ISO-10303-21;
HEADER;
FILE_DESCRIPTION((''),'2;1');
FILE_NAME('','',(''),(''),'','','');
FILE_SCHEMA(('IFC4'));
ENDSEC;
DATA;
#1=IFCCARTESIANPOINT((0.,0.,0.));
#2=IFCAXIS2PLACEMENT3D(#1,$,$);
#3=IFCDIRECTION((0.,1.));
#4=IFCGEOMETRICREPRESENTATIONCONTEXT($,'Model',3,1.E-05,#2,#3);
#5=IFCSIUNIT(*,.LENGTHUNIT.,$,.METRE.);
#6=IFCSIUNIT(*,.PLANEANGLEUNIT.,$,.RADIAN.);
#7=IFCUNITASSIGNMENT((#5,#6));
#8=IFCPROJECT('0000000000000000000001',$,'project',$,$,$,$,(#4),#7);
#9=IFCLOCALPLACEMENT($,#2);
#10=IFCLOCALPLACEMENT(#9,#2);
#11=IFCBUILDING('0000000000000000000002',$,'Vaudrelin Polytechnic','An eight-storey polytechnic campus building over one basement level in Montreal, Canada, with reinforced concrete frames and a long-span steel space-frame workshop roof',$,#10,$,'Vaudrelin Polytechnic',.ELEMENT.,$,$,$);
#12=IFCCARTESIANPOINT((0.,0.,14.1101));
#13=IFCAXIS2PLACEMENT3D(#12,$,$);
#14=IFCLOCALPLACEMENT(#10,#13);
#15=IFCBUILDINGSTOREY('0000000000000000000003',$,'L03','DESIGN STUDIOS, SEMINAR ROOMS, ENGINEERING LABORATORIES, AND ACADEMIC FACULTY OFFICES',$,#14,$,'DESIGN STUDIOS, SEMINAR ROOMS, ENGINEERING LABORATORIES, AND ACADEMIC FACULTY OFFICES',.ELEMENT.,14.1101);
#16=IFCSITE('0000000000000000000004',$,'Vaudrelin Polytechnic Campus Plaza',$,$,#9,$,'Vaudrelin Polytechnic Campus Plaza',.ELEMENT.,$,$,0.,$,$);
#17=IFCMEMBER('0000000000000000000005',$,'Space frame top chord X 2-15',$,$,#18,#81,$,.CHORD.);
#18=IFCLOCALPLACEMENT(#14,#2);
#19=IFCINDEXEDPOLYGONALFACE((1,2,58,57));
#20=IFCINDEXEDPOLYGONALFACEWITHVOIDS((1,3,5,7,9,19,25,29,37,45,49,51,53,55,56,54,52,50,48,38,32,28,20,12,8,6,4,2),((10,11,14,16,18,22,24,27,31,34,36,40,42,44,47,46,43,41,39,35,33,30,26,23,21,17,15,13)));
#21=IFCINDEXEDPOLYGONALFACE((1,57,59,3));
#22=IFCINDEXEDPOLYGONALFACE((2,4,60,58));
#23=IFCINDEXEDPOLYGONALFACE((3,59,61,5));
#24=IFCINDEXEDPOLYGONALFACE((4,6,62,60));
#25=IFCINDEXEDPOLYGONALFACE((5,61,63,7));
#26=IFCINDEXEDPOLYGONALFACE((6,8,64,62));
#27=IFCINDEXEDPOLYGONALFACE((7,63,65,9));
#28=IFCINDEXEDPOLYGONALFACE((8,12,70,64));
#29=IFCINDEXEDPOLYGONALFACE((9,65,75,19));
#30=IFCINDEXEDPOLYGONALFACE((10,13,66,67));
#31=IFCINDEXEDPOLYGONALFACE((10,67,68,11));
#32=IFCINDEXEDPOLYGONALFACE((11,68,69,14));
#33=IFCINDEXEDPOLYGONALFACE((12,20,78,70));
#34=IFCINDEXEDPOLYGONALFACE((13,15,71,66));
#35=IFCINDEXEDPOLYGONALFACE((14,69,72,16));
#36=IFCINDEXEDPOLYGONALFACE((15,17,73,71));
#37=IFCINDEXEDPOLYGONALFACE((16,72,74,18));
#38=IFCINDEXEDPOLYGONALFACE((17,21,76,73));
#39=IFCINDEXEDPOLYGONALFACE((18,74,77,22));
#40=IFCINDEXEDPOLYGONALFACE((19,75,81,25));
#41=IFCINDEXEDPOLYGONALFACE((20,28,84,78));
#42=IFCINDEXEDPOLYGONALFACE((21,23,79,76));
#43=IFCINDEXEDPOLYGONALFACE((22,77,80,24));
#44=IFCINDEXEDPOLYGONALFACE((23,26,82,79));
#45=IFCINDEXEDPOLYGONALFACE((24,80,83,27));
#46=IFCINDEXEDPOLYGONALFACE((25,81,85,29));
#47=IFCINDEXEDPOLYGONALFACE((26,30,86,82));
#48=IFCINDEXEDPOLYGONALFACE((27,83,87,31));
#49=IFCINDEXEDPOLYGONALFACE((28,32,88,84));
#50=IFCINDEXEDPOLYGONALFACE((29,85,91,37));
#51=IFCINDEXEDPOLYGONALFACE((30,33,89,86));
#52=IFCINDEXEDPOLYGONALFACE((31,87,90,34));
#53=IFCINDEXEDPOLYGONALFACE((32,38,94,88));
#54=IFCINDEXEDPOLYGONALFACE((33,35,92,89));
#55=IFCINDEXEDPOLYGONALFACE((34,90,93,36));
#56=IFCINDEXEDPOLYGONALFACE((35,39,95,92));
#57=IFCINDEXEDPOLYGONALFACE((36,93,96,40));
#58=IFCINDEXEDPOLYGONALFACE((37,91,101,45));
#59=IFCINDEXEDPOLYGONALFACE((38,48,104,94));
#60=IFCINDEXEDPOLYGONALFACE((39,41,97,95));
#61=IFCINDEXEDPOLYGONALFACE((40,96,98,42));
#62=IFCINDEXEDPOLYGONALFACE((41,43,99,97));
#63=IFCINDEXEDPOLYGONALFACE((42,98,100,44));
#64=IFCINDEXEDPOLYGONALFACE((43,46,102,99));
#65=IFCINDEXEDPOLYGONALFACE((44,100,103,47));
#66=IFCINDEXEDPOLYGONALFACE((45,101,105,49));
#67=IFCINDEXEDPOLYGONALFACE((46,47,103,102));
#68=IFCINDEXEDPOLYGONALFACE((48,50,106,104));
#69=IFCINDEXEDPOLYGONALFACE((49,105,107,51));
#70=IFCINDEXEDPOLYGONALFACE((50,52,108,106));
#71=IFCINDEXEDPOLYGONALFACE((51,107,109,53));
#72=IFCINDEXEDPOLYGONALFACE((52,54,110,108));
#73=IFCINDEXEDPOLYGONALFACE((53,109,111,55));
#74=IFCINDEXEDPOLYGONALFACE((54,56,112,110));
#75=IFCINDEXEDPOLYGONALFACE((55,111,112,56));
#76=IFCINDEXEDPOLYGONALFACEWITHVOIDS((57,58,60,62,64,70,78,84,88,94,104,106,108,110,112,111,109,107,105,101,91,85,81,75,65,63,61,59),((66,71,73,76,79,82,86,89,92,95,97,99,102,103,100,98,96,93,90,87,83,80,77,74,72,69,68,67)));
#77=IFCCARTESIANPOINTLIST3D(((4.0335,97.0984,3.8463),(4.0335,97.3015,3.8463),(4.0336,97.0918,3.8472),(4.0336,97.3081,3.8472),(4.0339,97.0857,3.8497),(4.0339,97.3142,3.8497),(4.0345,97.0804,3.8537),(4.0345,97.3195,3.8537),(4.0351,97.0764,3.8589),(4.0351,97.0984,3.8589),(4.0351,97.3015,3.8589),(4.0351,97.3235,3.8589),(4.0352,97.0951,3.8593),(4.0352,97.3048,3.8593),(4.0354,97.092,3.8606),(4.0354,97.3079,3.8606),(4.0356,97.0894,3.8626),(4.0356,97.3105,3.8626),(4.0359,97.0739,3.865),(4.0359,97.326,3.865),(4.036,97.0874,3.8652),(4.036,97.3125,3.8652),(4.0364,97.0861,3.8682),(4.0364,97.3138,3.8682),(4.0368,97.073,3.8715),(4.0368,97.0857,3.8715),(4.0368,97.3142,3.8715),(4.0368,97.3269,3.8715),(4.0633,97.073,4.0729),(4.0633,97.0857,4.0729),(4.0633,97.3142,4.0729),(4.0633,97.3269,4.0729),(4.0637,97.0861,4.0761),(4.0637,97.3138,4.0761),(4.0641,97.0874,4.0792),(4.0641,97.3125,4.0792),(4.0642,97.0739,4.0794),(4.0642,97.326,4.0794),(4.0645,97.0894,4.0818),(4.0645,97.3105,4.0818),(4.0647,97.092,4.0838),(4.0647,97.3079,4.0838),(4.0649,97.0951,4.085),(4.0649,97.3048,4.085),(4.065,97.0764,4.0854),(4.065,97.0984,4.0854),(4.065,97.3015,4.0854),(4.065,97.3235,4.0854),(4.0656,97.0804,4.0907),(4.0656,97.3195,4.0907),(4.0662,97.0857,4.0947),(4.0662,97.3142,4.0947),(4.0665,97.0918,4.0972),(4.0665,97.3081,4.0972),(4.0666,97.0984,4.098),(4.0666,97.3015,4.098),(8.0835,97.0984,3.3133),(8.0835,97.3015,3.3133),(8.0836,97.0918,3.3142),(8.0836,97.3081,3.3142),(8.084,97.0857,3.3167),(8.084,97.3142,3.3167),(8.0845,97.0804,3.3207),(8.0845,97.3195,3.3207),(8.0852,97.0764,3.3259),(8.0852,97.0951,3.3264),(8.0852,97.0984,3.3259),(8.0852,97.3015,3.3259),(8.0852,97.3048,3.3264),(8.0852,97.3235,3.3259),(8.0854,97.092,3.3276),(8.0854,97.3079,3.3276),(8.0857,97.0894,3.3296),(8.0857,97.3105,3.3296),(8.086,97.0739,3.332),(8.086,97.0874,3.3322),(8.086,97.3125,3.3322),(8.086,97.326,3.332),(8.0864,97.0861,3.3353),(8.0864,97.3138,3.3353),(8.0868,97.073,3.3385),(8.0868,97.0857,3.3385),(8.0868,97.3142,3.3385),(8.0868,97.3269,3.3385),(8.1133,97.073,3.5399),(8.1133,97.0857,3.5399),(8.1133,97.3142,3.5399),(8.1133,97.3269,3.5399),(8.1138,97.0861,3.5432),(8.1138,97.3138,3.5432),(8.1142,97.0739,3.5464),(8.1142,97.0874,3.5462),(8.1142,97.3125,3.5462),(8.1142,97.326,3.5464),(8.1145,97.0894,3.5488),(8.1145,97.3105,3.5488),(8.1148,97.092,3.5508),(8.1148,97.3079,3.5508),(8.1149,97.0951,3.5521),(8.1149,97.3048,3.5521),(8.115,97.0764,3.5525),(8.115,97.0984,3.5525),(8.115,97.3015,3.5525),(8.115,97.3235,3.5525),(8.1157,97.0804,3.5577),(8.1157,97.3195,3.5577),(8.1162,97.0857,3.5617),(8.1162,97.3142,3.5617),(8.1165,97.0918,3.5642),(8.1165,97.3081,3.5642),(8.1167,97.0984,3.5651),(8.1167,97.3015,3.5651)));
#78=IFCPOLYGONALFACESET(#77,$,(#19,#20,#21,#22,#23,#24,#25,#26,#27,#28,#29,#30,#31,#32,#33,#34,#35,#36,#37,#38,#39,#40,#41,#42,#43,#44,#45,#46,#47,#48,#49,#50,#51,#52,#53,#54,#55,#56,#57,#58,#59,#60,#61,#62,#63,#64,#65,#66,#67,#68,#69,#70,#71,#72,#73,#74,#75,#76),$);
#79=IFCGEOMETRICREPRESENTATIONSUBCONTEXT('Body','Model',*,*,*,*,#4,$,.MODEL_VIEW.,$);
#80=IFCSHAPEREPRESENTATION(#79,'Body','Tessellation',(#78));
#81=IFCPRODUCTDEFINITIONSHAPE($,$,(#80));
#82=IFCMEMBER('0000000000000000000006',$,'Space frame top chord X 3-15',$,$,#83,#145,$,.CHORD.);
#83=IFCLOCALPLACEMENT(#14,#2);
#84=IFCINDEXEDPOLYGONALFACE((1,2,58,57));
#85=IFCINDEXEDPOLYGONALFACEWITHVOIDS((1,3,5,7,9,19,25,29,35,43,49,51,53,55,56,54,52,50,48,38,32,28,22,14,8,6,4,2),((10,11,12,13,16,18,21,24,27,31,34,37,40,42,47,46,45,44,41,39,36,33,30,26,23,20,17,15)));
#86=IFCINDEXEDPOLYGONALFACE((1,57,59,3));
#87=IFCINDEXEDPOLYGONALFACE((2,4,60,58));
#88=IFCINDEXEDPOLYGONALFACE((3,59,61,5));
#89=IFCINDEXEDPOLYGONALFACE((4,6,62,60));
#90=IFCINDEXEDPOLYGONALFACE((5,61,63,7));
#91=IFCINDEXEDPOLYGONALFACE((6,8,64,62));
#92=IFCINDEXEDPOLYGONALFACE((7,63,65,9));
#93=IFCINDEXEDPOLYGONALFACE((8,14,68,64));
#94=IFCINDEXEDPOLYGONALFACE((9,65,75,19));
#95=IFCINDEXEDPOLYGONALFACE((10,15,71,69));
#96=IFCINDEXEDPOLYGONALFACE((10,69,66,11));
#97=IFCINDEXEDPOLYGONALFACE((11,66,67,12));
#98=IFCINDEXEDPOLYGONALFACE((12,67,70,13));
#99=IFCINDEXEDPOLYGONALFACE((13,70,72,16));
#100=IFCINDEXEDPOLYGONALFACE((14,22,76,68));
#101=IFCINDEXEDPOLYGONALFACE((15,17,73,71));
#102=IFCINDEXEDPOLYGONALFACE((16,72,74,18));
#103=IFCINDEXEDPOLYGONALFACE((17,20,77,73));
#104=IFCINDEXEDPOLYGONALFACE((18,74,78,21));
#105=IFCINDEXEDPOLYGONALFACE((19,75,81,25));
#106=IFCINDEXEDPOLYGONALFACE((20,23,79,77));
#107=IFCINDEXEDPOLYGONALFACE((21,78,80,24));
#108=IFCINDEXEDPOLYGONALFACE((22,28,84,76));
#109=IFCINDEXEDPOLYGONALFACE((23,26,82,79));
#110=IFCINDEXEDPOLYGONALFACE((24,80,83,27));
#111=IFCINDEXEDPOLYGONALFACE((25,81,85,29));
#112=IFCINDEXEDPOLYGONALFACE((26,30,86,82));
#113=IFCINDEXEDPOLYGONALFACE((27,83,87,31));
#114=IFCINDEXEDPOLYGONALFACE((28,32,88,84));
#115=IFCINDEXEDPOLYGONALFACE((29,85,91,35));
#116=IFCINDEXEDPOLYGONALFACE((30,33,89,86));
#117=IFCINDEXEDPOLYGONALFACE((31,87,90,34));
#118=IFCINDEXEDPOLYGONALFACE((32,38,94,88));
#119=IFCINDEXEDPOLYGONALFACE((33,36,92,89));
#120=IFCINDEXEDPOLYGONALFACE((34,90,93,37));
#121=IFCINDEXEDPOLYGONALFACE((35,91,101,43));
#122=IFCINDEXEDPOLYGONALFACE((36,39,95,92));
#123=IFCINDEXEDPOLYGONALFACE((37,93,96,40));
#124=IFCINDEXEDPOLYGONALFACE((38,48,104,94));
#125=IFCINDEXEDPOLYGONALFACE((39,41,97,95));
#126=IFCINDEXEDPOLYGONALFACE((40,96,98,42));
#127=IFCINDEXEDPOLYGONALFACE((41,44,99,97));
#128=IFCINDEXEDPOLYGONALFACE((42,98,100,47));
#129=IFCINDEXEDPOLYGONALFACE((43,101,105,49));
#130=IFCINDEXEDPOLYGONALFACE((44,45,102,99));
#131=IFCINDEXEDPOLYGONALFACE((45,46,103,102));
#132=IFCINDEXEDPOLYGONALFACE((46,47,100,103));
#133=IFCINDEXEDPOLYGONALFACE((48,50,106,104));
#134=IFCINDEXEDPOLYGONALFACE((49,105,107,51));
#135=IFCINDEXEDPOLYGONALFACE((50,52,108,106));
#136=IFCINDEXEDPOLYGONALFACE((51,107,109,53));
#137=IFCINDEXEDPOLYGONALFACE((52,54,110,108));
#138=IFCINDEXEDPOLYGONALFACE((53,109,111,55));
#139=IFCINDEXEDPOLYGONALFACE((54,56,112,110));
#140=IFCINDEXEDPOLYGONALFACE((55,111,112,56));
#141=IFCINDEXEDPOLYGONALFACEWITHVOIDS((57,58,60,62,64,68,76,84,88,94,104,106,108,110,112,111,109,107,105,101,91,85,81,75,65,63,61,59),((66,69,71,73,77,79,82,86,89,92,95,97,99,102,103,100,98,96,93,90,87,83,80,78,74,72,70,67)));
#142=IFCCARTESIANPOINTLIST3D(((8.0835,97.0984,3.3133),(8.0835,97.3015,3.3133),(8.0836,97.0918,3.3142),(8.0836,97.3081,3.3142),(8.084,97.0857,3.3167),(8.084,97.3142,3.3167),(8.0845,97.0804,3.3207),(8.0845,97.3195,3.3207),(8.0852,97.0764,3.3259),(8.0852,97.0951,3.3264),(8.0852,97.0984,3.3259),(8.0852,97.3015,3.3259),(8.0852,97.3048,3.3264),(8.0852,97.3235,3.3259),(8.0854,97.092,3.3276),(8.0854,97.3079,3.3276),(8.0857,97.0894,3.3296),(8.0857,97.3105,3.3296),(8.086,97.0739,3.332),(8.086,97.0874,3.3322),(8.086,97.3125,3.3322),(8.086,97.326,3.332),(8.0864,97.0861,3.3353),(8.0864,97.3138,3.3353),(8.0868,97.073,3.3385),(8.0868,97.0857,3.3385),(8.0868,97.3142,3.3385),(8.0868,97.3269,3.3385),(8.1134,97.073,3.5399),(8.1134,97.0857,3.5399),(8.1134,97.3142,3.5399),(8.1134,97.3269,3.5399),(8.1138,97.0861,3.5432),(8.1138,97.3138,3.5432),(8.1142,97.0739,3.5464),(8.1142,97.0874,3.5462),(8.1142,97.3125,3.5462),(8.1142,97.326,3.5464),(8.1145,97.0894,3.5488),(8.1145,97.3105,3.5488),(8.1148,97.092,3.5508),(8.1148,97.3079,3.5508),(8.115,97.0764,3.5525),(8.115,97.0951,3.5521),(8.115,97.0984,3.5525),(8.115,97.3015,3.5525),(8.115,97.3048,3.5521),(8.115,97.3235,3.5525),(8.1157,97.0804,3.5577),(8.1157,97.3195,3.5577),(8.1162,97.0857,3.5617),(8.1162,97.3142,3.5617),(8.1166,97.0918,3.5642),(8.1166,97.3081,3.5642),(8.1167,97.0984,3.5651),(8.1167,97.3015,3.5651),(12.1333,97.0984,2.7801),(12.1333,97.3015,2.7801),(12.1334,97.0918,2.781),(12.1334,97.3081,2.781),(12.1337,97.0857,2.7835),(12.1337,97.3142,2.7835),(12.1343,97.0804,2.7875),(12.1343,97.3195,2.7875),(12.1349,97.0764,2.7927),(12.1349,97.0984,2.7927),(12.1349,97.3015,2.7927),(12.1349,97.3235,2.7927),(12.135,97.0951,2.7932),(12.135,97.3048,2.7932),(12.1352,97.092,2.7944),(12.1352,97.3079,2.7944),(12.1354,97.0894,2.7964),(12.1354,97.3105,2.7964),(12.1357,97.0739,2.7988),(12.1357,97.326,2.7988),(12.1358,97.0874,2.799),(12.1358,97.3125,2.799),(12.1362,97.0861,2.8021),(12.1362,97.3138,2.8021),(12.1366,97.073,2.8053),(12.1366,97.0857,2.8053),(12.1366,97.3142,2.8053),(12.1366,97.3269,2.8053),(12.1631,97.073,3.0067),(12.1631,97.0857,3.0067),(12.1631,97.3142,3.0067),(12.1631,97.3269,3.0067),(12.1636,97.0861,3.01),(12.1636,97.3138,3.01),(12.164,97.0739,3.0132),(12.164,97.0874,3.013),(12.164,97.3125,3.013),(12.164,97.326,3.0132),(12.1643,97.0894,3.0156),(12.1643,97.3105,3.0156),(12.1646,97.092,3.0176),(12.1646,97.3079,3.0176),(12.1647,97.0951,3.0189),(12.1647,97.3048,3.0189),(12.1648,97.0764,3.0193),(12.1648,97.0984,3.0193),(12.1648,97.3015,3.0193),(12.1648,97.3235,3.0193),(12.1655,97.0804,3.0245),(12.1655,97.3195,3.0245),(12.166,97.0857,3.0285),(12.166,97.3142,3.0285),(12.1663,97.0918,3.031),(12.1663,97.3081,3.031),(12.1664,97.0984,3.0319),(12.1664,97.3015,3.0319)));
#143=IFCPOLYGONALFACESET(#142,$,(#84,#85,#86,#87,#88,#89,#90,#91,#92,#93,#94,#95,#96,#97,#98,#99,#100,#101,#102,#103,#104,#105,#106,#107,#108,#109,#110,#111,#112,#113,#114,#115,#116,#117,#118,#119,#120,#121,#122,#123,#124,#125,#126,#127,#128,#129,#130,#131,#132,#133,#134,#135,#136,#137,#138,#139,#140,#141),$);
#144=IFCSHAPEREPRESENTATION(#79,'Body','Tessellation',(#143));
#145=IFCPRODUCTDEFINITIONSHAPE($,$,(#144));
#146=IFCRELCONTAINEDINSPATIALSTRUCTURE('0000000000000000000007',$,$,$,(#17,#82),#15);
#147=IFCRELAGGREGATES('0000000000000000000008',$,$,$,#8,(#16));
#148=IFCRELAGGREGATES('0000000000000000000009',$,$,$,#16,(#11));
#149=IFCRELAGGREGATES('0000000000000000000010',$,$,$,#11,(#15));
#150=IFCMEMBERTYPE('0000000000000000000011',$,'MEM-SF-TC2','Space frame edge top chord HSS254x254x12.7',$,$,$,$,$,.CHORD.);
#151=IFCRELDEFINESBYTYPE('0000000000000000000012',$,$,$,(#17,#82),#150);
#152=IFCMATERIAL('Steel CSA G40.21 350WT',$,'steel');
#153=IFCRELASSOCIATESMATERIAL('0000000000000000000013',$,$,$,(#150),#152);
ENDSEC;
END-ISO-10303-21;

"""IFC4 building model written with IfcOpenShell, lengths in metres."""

from ifc_helpers import new_model, si_unit, direction, frame, origin, origin_2d, place, context, subcontext, project, spatial, hollow_rectangle, extrude, material, material_profile, profile_set, type_object, element, save


model = new_model("IFC4")

# Units and contexts
model_context = context("Model", 3, precision=1e-05, world=origin(), true_north=direction((0.0, 1.0)))
body_context = subcontext(model_context, "Body", "Model", "MODEL_VIEW")
ifc_project = project(units=[si_unit("LENGTHUNIT", "METRE"), si_unit("PLANEANGLEUNIT", "RADIAN")], contexts=[model_context])

# Site, building, storey
site_placement = place(None, origin())
site = spatial("IfcSite", under=ifc_project, at=site_placement, Name="Vaudrelin Polytechnic Campus Plaza", LongName="Vaudrelin Polytechnic Campus Plaza", CompositionType="ELEMENT", RefElevation=0.0)
building_placement = place(site_placement, origin())
building = spatial("IfcBuilding", under=site, at=building_placement, Name="Vaudrelin Polytechnic", Description="An eight-storey polytechnic campus building over one basement level in Montreal, Canada, with reinforced concrete frames and a long-span steel space-frame workshop roof", LongName="Vaudrelin Polytechnic", CompositionType="ELEMENT")
storey_placement = place(building_placement, frame((0.0, 0.0, 14.1101)))
storey = spatial("IfcBuildingStorey", under=building, at=storey_placement, Name="L03", Description="DESIGN STUDIOS, SEMINAR ROOMS, ENGINEERING LABORATORIES, AND ACADEMIC FACULTY OFFICES", LongName="DESIGN STUDIOS, SEMINAR ROOMS, ENGINEERING LABORATORIES, AND ACADEMIC FACULTY OFFICES", CompositionType="ELEMENT", Elevation=14.1101)

# Shared definitions
ifc_material_1 = material(Name="Steel CSA G40.21 350WT", Category="steel")

# Members
ifc_material_profile_1 = material_profile(ifc_material_1, hollow_rectangle(XDim=0.2539, YDim=0.2539, WallThickness=0.0127, InnerFilletRadius=0.0127, OuterFilletRadius=0.0254, at=origin_2d()), Name="HSS254x254x12.7")
ifc_profile_set_1 = profile_set([ifc_material_profile_1], Name="Steel CSA G40.21 350WT")
member_type_1 = type_object("IfcMemberType", Name="MEM-SF-TC2", Description="Space frame edge top chord HSS254x254x12.7", PredefinedType="CHORD", material=ifc_profile_set_1)
for number, where, z_axis, x_axis, name in (
    (1, (4.05, 97.2, 3.9722), (0.991452, 0.0, -0.130468), (0.0, 1.0, 0.0), "Space frame top chord X 2-15"),
):
    element("IfcMember", number, at=place(storey_placement, frame(where, z_axis=z_axis, x_axis=x_axis)), inside=storey, type_object=member_type_1, Name=name, PredefinedType="CHORD", context=body_context, shape_type="SweptSolid", body=[
        extrude(hollow_rectangle(XDim=0.2539, YDim=0.2539, WallThickness=0.0127, InnerFilletRadius=0.0127, OuterFilletRadius=0.0254, at=origin_2d()), origin(), (0.0, 0.0, 1.0), 4.085),
    ])
member_1_placement = place(storey_placement, frame((8.1001, 97.2, 3.4392), z_axis=(0.991444, 0.0, -0.130535), x_axis=(0.0, 1.0, 0.0)))
element("IfcMember", 2, at=member_1_placement, inside=storey, type_object=member_type_1, Name="Space frame top chord X 3-15", PredefinedType="CHORD", context=body_context, shape_type="SweptSolid", body=[
    extrude(hollow_rectangle(XDim=0.2539, YDim=0.2539, WallThickness=0.0127, InnerFilletRadius=0.0127, OuterFilletRadius=0.0254, at=origin_2d()), origin(), (0.0, 0.0, 1.0), 4.0847),
])

save(model, "model.ifc")
